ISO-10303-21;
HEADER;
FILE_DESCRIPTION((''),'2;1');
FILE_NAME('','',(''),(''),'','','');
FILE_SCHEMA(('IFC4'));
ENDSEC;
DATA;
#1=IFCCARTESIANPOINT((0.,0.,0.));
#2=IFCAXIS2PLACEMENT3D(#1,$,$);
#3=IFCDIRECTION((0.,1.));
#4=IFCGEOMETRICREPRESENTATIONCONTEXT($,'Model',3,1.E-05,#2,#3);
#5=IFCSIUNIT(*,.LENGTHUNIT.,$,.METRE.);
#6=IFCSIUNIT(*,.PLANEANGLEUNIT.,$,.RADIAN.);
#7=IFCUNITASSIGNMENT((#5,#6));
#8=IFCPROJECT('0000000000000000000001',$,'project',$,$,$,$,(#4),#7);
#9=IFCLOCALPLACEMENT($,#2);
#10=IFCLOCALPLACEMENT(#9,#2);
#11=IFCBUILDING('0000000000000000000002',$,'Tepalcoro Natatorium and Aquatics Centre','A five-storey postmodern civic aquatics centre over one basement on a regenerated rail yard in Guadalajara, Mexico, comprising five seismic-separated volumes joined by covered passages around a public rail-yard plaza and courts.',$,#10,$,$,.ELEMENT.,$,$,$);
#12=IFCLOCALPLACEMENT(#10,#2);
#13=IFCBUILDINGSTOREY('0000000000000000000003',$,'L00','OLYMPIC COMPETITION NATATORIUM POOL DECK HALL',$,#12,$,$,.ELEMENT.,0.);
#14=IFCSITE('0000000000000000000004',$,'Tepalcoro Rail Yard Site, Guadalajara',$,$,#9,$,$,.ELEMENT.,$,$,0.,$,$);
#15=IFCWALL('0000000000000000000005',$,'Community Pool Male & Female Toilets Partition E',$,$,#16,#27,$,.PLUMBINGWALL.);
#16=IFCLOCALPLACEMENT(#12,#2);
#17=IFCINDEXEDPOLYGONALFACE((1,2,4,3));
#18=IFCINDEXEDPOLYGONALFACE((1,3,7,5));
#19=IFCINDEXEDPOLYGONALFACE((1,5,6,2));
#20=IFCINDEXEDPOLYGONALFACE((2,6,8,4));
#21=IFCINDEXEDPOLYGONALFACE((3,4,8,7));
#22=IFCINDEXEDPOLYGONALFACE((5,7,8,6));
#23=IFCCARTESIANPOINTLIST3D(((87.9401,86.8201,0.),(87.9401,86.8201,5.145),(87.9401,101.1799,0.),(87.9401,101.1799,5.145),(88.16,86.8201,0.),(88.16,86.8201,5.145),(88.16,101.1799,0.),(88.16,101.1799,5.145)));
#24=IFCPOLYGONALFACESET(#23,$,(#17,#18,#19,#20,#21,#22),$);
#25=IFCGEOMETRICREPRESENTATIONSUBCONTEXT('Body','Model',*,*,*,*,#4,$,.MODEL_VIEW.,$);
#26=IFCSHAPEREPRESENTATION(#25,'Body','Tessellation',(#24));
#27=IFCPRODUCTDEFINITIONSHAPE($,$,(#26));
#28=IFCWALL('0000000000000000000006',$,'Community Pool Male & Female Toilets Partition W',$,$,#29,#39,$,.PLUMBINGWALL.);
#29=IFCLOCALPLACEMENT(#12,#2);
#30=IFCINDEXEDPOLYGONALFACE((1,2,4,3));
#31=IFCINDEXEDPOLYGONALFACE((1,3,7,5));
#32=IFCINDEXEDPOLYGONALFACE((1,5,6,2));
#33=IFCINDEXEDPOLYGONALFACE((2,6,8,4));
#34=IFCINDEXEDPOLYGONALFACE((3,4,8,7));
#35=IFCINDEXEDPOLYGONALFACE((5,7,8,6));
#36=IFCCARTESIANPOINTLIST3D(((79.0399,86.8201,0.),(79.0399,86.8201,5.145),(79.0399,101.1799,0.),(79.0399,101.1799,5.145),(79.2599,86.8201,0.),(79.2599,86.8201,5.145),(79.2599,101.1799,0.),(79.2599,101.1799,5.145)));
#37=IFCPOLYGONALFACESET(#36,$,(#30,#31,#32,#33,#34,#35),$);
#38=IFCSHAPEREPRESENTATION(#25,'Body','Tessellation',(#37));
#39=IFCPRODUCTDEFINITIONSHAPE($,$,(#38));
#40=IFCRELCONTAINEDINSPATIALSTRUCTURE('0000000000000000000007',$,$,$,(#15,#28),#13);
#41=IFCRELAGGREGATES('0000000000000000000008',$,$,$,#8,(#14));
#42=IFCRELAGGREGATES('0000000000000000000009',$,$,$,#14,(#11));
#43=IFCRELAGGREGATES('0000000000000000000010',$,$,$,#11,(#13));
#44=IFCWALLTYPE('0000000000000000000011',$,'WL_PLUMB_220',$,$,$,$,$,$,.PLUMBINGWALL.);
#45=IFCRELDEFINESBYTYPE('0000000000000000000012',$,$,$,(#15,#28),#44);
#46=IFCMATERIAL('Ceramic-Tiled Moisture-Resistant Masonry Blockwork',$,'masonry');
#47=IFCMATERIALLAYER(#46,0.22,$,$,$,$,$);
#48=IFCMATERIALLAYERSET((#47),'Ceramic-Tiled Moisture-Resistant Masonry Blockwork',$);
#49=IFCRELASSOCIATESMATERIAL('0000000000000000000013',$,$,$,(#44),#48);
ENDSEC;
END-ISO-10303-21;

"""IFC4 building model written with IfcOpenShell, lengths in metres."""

from ifc_helpers import new_model, si_unit, direction, frame, frame_2d, origin, place, context, subcontext, project, spatial, rectangle, extrude, material, layer, layer_set, type_object, element, save


model = new_model("IFC4")

# Units and contexts
model_context = context("Model", 3, precision=1e-05, world=origin(), true_north=direction((0.0, 1.0)))
body_context = subcontext(model_context, "Body", "Model", "MODEL_VIEW")
ifc_project = project(units=[si_unit("LENGTHUNIT", "METRE"), si_unit("PLANEANGLEUNIT", "RADIAN")], contexts=[model_context])

# Site, building, storey
site_placement = place(None, origin())
site = spatial("IfcSite", under=ifc_project, at=site_placement, Name="Tepalcoro Rail Yard Site, Guadalajara", CompositionType="ELEMENT", RefElevation=0.0)
building_placement = place(site_placement, origin())
building = spatial("IfcBuilding", under=site, at=building_placement, Name="Tepalcoro Natatorium and Aquatics Centre", Description="A five-storey postmodern civic aquatics centre over one basement on a regenerated rail yard in Guadalajara, Mexico, comprising five seismic-separated volumes joined by covered passages around a public rail-yard plaza and courts.", CompositionType="ELEMENT")
storey_placement = place(building_placement, origin())
storey = spatial("IfcBuildingStorey", under=building, at=storey_placement, Name="L00", Description="OLYMPIC COMPETITION NATATORIUM POOL DECK HALL", CompositionType="ELEMENT", Elevation=0.0)

# Walls
ifc_material_1 = material(Name="Ceramic-Tiled Moisture-Resistant Masonry Blockwork", Category="masonry")
ifc_layer_1 = layer(ifc_material_1, 0.22)
ifc_layer_set_1 = layer_set([ifc_layer_1], Name="Ceramic-Tiled Moisture-Resistant Masonry Blockwork")
wall_type_1 = type_object("IfcWallType", Name="WL_PLUMB_220", PredefinedType="PLUMBINGWALL", material=ifc_layer_set_1)
for number, where, z_axis, x_axis, name in (
    (1, (88.05, 86.8201, 0.0), (0.0, 0.0, 1.0), (0.0, 1.0, 0.0), "Community Pool Male & Female Toilets Partition E"),
    (2, (79.1499, 86.8201, 0.0), (0.0, 0.0, 1.0), (0.0, 1.0, 0.0), "Community Pool Male & Female Toilets Partition W"),
):
    element("IfcWall", number, at=place(storey_placement, frame(where, z_axis=z_axis, x_axis=x_axis)), inside=storey, type_object=wall_type_1, Name=name, PredefinedType="PLUMBINGWALL", context=body_context, shape_type="SweptSolid", body=[
        extrude(rectangle(XDim=14.3599, YDim=0.22, at=frame_2d((7.1799, 0.0))), origin(), (0.0, 0.0, 1.0), 5.145),
    ])

save(model, "model.ifc")
